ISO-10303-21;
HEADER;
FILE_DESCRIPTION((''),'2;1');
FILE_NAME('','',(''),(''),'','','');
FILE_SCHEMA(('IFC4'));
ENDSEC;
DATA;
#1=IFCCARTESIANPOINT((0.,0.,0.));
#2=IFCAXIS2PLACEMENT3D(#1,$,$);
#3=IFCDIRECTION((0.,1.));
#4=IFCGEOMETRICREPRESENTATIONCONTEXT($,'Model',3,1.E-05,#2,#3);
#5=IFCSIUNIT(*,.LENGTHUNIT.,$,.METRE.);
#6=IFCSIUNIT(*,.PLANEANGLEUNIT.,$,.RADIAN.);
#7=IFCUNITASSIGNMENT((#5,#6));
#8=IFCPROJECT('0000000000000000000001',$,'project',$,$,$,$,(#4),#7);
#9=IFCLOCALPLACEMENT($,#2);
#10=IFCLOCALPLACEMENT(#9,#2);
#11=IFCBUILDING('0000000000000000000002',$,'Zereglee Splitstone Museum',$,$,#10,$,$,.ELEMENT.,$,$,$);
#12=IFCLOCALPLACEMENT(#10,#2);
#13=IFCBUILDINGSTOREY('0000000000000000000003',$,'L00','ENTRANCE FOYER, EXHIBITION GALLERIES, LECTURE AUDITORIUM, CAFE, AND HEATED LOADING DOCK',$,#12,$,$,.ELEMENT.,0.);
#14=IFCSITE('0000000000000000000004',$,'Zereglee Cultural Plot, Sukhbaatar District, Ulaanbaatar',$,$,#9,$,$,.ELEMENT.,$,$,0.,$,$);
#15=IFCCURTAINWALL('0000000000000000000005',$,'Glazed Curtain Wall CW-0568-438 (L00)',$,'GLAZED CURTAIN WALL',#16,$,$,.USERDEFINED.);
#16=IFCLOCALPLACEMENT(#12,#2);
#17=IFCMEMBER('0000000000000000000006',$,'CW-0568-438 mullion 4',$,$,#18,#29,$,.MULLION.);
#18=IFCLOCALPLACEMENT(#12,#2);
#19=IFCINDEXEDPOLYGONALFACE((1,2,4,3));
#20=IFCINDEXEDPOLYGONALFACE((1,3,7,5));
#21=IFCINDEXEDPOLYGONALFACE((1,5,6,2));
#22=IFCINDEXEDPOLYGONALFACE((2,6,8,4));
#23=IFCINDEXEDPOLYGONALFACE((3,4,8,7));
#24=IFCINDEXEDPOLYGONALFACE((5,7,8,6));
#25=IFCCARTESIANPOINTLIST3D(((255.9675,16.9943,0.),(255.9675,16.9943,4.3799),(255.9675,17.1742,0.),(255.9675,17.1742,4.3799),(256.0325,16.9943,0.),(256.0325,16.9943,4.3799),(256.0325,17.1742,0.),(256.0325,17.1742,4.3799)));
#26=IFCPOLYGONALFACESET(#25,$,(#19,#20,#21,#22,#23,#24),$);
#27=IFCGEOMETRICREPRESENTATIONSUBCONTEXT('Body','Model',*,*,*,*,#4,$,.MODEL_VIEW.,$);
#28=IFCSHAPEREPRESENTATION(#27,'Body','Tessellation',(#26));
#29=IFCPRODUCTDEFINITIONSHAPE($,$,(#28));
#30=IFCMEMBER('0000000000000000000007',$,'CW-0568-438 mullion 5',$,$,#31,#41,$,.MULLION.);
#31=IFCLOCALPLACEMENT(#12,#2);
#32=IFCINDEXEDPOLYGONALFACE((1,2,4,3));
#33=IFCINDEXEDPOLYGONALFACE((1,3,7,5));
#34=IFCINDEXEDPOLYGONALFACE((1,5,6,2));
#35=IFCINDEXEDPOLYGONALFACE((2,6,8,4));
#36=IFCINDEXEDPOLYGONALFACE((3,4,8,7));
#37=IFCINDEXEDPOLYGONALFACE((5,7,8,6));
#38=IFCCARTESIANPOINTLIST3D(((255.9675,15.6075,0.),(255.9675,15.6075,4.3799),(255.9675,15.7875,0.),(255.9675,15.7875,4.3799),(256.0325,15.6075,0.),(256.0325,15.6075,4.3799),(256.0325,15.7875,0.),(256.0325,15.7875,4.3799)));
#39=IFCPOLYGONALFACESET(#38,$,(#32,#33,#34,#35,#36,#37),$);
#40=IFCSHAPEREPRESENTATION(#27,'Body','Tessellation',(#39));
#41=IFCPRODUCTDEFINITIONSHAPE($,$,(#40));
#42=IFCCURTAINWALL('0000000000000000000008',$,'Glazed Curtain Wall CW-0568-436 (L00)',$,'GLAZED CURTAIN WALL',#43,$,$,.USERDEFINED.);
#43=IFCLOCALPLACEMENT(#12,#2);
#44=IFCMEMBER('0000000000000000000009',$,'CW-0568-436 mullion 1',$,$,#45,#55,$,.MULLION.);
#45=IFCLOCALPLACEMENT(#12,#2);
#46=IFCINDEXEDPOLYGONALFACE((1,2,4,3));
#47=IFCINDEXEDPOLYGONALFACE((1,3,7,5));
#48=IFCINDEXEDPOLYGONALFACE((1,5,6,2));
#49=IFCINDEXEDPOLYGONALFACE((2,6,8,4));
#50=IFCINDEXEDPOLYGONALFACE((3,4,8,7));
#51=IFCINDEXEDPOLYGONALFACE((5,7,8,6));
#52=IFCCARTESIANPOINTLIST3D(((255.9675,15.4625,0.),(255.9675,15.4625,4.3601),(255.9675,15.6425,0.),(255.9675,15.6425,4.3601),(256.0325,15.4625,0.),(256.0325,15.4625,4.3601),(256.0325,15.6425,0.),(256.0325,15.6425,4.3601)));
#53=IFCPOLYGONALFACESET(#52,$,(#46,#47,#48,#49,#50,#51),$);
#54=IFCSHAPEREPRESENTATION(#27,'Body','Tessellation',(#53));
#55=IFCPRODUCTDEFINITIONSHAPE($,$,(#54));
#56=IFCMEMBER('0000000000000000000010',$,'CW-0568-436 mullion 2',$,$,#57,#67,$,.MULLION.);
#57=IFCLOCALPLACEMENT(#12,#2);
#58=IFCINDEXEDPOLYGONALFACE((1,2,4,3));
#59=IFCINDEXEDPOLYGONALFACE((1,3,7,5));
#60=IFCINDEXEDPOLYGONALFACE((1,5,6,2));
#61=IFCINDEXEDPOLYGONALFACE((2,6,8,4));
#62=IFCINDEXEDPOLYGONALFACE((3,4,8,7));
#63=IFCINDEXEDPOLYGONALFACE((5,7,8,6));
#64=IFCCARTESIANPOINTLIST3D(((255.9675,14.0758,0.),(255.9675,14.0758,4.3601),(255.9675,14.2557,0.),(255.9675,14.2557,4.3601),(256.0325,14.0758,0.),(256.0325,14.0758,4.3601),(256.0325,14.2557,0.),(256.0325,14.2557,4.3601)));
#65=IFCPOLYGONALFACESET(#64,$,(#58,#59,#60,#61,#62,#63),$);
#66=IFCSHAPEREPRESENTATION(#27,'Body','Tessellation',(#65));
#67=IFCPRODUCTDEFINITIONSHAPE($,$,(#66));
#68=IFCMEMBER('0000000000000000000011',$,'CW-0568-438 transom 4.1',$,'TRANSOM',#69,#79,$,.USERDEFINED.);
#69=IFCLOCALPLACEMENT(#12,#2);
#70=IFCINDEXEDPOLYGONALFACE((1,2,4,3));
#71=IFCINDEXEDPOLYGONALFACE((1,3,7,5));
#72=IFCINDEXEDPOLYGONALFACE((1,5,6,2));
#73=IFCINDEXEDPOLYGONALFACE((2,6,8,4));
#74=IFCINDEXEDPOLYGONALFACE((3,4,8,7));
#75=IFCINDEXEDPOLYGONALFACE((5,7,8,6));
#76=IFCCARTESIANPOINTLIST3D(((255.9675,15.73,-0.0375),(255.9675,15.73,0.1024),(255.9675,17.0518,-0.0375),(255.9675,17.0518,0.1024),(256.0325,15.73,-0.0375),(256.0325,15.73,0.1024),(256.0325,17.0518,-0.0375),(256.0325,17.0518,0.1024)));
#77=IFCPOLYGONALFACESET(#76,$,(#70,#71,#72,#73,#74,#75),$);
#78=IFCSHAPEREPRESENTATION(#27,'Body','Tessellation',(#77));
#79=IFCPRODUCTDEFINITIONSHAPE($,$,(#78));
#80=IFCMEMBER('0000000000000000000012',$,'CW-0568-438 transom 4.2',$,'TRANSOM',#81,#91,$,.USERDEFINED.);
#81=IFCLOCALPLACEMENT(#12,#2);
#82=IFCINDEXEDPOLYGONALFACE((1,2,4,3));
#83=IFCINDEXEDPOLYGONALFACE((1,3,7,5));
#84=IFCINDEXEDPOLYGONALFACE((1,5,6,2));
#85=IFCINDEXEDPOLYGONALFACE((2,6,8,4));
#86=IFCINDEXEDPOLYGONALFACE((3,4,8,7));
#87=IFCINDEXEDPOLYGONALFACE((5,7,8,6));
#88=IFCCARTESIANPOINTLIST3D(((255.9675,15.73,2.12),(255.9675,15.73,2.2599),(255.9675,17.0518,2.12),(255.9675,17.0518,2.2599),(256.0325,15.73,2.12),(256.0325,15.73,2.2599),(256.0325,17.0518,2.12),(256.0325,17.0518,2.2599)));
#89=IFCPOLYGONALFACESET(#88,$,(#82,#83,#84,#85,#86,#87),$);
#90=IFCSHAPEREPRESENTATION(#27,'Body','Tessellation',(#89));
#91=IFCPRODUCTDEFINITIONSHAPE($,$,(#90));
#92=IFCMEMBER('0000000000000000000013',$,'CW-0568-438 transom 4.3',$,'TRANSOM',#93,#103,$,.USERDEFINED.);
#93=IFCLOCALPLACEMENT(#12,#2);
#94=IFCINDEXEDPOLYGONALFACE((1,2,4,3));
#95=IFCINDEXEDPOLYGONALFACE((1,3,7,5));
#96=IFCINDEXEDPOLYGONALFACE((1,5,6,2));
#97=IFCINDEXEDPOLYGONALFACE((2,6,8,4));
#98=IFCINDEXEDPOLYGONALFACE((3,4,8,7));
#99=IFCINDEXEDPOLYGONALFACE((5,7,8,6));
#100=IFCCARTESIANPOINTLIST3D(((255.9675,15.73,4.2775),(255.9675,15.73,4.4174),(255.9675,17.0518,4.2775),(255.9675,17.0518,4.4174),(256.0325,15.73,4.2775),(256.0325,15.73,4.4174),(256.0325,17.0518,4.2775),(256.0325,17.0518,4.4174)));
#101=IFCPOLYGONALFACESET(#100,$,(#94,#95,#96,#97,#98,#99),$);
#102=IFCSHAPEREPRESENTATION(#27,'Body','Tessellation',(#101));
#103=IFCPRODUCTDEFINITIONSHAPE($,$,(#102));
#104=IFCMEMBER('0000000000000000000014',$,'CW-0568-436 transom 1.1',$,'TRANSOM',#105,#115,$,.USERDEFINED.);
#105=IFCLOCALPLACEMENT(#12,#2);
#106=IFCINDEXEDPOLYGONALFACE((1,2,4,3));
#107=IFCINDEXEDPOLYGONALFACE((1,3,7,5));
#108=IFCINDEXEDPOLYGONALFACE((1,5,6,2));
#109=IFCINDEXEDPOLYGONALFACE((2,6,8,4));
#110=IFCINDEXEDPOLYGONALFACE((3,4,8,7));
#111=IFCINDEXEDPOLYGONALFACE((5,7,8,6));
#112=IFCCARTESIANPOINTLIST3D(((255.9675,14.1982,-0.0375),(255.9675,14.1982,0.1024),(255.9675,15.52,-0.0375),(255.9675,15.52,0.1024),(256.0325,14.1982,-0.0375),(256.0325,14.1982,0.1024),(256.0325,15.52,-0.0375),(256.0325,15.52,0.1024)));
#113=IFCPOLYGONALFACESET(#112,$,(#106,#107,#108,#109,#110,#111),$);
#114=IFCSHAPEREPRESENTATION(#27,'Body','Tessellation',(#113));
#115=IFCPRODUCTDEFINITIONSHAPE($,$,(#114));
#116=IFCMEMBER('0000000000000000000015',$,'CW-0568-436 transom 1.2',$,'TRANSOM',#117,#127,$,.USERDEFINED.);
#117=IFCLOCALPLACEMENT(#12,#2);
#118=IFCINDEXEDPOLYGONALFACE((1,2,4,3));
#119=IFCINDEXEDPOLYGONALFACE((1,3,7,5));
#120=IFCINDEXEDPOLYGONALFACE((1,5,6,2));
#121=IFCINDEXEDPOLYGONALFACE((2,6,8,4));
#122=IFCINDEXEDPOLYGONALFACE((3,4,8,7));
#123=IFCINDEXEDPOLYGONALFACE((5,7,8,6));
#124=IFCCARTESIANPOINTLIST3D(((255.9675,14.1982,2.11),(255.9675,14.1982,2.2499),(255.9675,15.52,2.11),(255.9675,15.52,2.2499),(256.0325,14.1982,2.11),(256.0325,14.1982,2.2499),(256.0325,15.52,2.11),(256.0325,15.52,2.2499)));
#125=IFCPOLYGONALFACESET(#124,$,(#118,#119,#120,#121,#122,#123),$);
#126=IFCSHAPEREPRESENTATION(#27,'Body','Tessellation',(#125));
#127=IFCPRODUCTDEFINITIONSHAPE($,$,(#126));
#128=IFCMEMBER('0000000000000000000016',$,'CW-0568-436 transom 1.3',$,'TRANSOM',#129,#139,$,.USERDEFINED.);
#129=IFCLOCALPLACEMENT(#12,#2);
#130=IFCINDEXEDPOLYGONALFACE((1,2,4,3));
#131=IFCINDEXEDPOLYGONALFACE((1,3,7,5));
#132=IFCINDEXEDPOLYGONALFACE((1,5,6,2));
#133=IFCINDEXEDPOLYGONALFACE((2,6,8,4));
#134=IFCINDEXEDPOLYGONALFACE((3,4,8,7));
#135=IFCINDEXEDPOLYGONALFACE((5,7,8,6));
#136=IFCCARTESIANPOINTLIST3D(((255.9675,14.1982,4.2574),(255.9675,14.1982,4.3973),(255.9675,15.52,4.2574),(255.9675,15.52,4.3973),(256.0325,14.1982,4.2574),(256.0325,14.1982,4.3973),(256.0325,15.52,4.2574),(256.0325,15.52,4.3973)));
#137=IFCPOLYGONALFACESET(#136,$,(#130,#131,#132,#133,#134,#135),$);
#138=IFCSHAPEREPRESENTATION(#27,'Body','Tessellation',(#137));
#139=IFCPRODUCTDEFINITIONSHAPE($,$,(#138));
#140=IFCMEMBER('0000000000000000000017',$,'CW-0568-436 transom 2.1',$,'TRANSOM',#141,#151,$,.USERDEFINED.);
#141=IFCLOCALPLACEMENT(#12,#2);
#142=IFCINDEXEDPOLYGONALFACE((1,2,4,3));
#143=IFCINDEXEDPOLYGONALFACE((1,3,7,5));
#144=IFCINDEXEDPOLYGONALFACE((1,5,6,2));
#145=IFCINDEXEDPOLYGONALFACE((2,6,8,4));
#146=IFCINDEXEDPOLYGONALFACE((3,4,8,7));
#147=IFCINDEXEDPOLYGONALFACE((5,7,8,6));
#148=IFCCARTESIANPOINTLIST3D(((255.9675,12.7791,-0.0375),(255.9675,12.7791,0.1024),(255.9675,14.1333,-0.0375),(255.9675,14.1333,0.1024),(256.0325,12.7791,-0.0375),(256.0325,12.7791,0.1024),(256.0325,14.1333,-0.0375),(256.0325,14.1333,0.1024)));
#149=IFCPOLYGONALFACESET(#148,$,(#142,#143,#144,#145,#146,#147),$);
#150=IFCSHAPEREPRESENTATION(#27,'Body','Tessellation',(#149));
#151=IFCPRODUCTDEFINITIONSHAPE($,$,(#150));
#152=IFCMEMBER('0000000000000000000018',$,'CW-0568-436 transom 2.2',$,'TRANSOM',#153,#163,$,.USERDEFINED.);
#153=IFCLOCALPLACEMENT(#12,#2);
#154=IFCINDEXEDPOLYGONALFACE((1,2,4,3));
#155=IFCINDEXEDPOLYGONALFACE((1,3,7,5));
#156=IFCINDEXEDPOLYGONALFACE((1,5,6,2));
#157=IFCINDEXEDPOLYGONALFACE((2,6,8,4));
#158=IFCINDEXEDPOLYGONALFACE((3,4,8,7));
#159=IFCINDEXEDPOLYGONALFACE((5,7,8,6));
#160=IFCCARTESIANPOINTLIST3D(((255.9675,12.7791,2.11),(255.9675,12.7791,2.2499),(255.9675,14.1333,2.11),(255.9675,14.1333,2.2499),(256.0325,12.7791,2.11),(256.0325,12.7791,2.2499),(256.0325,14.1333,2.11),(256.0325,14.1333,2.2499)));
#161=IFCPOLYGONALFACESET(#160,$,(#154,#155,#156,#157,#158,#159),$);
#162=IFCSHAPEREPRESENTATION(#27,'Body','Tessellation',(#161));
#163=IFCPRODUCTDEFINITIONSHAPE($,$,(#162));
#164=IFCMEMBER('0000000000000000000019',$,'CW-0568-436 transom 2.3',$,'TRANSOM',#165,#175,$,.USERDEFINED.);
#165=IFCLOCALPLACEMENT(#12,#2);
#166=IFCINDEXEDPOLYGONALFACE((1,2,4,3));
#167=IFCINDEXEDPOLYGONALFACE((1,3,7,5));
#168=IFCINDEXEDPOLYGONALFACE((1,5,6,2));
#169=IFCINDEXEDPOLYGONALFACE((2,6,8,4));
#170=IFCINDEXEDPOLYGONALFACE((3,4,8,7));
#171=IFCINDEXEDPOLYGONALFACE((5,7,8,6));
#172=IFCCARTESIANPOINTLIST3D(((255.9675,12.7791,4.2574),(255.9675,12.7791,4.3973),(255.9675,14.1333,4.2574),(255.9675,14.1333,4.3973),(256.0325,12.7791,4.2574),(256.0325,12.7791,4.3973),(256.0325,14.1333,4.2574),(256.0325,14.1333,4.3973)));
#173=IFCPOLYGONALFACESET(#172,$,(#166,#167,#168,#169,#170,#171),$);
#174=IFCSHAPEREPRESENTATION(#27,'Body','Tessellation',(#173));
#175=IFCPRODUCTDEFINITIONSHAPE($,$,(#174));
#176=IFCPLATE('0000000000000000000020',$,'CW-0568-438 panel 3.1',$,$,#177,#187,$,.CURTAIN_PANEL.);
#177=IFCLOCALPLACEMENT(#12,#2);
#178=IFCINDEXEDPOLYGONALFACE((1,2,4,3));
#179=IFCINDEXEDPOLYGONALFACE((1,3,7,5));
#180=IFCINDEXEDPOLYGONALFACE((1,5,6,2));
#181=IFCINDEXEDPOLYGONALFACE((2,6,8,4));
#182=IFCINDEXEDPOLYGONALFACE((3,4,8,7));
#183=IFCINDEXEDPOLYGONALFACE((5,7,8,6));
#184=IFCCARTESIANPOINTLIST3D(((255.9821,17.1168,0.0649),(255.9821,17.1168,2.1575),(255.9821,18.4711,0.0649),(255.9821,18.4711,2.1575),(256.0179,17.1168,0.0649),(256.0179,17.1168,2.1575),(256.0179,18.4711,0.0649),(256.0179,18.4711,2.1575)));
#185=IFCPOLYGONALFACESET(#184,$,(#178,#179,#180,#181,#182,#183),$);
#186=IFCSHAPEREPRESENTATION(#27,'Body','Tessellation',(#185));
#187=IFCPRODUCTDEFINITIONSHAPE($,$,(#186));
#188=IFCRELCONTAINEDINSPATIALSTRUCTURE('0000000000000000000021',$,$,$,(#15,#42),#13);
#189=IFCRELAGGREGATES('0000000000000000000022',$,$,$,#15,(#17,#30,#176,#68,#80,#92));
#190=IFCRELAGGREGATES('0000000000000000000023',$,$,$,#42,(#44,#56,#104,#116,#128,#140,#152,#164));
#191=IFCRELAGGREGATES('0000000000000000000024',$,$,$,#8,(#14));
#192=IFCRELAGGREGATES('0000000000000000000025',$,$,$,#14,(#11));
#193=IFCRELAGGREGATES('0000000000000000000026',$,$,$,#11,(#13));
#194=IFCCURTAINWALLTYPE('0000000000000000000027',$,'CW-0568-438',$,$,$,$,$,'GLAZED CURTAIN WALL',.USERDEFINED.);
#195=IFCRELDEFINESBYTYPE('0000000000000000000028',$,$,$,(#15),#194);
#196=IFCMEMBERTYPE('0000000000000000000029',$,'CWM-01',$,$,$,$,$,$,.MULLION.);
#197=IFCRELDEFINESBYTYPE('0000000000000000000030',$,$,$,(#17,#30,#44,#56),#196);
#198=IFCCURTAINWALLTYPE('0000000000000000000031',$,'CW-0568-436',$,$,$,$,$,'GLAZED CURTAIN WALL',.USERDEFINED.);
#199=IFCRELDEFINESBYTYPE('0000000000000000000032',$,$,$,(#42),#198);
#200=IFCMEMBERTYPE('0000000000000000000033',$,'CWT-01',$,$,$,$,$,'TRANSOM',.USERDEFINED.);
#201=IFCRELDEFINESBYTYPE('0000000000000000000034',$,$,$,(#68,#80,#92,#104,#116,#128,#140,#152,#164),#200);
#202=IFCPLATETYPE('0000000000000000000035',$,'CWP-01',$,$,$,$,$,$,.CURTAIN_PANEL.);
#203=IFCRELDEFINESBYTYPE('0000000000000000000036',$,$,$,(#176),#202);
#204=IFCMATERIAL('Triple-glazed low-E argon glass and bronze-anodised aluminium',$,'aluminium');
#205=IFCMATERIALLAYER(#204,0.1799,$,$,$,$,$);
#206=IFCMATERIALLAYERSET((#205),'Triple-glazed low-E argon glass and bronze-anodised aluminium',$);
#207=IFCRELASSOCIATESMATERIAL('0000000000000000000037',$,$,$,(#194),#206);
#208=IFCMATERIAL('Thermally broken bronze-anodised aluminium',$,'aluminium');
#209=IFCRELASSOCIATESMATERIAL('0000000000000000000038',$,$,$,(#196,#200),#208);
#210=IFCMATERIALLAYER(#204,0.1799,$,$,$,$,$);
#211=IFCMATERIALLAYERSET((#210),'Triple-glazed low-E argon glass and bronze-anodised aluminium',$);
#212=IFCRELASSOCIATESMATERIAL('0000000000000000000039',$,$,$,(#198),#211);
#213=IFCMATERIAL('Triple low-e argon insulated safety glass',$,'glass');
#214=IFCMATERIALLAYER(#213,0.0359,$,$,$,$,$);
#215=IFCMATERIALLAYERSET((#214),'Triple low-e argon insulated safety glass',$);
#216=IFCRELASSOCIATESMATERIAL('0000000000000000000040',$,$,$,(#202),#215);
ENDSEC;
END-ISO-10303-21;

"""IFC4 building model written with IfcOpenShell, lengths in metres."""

from ifc_helpers import new_model, si_unit, direction, frame, origin, origin_2d, place, context, subcontext, project, spatial, rectangle, extrude, material, layer, layer_set, material_profile, profile_set, type_object, element, aggregate, save


model = new_model("IFC4")

# Units and contexts
model_context = context("Model", 3, precision=1e-05, world=origin(), true_north=direction((0.0, 1.0)))
body_context = subcontext(model_context, "Body", "Model", "MODEL_VIEW")
ifc_project = project(units=[si_unit("LENGTHUNIT", "METRE"), si_unit("PLANEANGLEUNIT", "RADIAN")], contexts=[model_context])

# Site, building, storey
site_placement = place(None, origin())
site = spatial("IfcSite", under=ifc_project, at=site_placement, Name="Zereglee Cultural Plot, Sukhbaatar District, Ulaanbaatar", CompositionType="ELEMENT", RefElevation=0.0)
building_placement = place(site_placement, origin())
building = spatial("IfcBuilding", under=site, at=building_placement, Name="Zereglee Splitstone Museum", CompositionType="ELEMENT")
storey_placement = place(building_placement, origin())
storey = spatial("IfcBuildingStorey", under=building, at=storey_placement, Name="L00", Description="ENTRANCE FOYER, EXHIBITION GALLERIES, LECTURE AUDITORIUM, CAFE, AND HEATED LOADING DOCK", CompositionType="ELEMENT", Elevation=0.0)

# Curtain walls, members
ifc_material_1 = material(Name="Triple-glazed low-E argon glass and bronze-anodised aluminium", Category="aluminium")
ifc_layer_1 = layer(ifc_material_1, 0.1799)
ifc_layer_set_1 = layer_set([ifc_layer_1], Name="Triple-glazed low-E argon glass and bronze-anodised aluminium")
curtain_wall_type_1 = type_object("IfcCurtainWallType", Name="CW-0568-438", ElementType="GLAZED CURTAIN WALL", PredefinedType="USERDEFINED", material=ifc_layer_set_1)
curtain_wall_1_placement = place(storey_placement, origin())
curtain_wall_1 = element("IfcCurtainWall", 1, at=curtain_wall_1_placement, inside=storey, type_object=curtain_wall_type_1, Name="Glazed Curtain Wall CW-0568-438 (L00)", ObjectType="GLAZED CURTAIN WALL", PredefinedType="USERDEFINED")
ifc_material_2 = material(Name="Thermally broken bronze-anodised aluminium", Category="aluminium")
ifc_material_profile_1 = material_profile(ifc_material_2, rectangle(XDim=0.0649, YDim=0.1799, at=origin_2d()), Name="CW MULL 65x180")
ifc_profile_set_1 = profile_set([ifc_material_profile_1], Name="Thermally broken bronze-anodised aluminium")
member_type_1 = type_object("IfcMemberType", Name="CWM-01", PredefinedType="MULLION", material=ifc_profile_set_1)
member_1_placement = place(storey_placement, frame((256.0, 17.0842, 0.0), z_axis=(0.0, 0.0, 1.0), x_axis=(1.0, 0.0, 0.0)))
member_1 = element("IfcMember", 2, at=member_1_placement, type_object=member_type_1, Name="CW-0568-438 mullion 4", PredefinedType="MULLION", context=body_context, shape_type="SweptSolid", body=[
    extrude(rectangle(XDim=0.0649, YDim=0.1799, at=origin_2d()), origin(), (0.0, 0.0, 1.0), 4.3799),
])
member_2_placement = place(storey_placement, frame((256.0, 15.6975, 0.0), z_axis=(0.0, 0.0, 1.0), x_axis=(1.0, 0.0, 0.0)))
member_2 = element("IfcMember", 3, at=member_2_placement, type_object=member_type_1, Name="CW-0568-438 mullion 5", PredefinedType="MULLION", context=body_context, shape_type="SweptSolid", body=[
    extrude(rectangle(XDim=0.0649, YDim=0.1799, at=origin_2d()), origin(), (0.0, 0.0, 1.0), 4.3799),
])
ifc_layer_2 = layer(ifc_material_1, 0.1799)
ifc_layer_set_2 = layer_set([ifc_layer_2], Name="Triple-glazed low-E argon glass and bronze-anodised aluminium")
curtain_wall_type_2 = type_object("IfcCurtainWallType", Name="CW-0568-436", ElementType="GLAZED CURTAIN WALL", PredefinedType="USERDEFINED", material=ifc_layer_set_2)
curtain_wall_2_placement = place(storey_placement, origin())
curtain_wall_2 = element("IfcCurtainWall", 4, at=curtain_wall_2_placement, inside=storey, type_object=curtain_wall_type_2, Name="Glazed Curtain Wall CW-0568-436 (L00)", ObjectType="GLAZED CURTAIN WALL", PredefinedType="USERDEFINED")
member_3_placement = place(storey_placement, frame((256.0, 15.5525, 0.0), z_axis=(0.0, 0.0, 1.0), x_axis=(1.0, 0.0, 0.0)))
member_3 = element("IfcMember", 5, at=member_3_placement, type_object=member_type_1, Name="CW-0568-436 mullion 1", PredefinedType="MULLION", context=body_context, shape_type="SweptSolid", body=[
    extrude(rectangle(XDim=0.0649, YDim=0.1799, at=origin_2d()), origin(), (0.0, 0.0, 1.0), 4.3601),
])
member_4_placement = place(storey_placement, frame((256.0, 14.1658, 0.0), z_axis=(0.0, 0.0, 1.0), x_axis=(1.0, 0.0, 0.0)))
member_4 = element("IfcMember", 6, at=member_4_placement, type_object=member_type_1, Name="CW-0568-436 mullion 2", PredefinedType="MULLION", context=body_context, shape_type="SweptSolid", body=[
    extrude(rectangle(XDim=0.0649, YDim=0.1799, at=origin_2d()), origin(), (0.0, 0.0, 1.0), 4.3601),
])

# Members
ifc_material_profile_2 = material_profile(ifc_material_2, rectangle(XDim=0.0649, YDim=0.1399, at=origin_2d()), Name="CW TRAN 65x140")
ifc_profile_set_2 = profile_set([ifc_material_profile_2], Name="Thermally broken bronze-anodised aluminium")
member_type_2 = type_object("IfcMemberType", Name="CWT-01", ElementType="TRANSOM", PredefinedType="USERDEFINED", material=ifc_profile_set_2)
member_5_placement = place(storey_placement, frame((256.0, 17.0518, 0.0325), z_axis=(0.0, -1.0, 0.0), x_axis=(1.0, 0.0, 0.0)))
member_5 = element("IfcMember", 7, at=member_5_placement, type_object=member_type_2, Name="CW-0568-438 transom 4.1", ObjectType="TRANSOM", PredefinedType="USERDEFINED", context=body_context, shape_type="SweptSolid", body=[
    extrude(rectangle(XDim=0.0649, YDim=0.1399, at=origin_2d()), origin(), (0.0, 0.0, 1.0), 1.3218),
])
member_6_placement = place(storey_placement, frame((256.0, 17.0518, 2.1899), z_axis=(0.0, -1.0, 0.0), x_axis=(1.0, 0.0, 0.0)))
member_6 = element("IfcMember", 8, at=member_6_placement, type_object=member_type_2, Name="CW-0568-438 transom 4.2", ObjectType="TRANSOM", PredefinedType="USERDEFINED", context=body_context, shape_type="SweptSolid", body=[
    extrude(rectangle(XDim=0.0649, YDim=0.1399, at=origin_2d()), origin(), (0.0, 0.0, 1.0), 1.3218),
])
member_7_placement = place(storey_placement, frame((256.0, 17.0518, 4.3474), z_axis=(0.0, -1.0, 0.0), x_axis=(1.0, 0.0, 0.0)))
member_7 = element("IfcMember", 9, at=member_7_placement, type_object=member_type_2, Name="CW-0568-438 transom 4.3", ObjectType="TRANSOM", PredefinedType="USERDEFINED", context=body_context, shape_type="SweptSolid", body=[
    extrude(rectangle(XDim=0.0649, YDim=0.1399, at=origin_2d()), origin(), (0.0, 0.0, 1.0), 1.3218),
])
member_8_placement = place(storey_placement, frame((256.0, 15.52, 0.0325), z_axis=(0.0, -1.0, 0.0), x_axis=(1.0, 0.0, 0.0)))
member_8 = element("IfcMember", 10, at=member_8_placement, type_object=member_type_2, Name="CW-0568-436 transom 1.1", ObjectType="TRANSOM", PredefinedType="USERDEFINED", context=body_context, shape_type="SweptSolid", body=[
    extrude(rectangle(XDim=0.0649, YDim=0.1399, at=origin_2d()), origin(), (0.0, 0.0, 1.0), 1.3218),
])
member_9_placement = place(storey_placement, frame((256.0, 15.52, 2.1799), z_axis=(0.0, -1.0, 0.0), x_axis=(1.0, 0.0, 0.0)))
member_9 = element("IfcMember", 11, at=member_9_placement, type_object=member_type_2, Name="CW-0568-436 transom 1.2", ObjectType="TRANSOM", PredefinedType="USERDEFINED", context=body_context, shape_type="SweptSolid", body=[
    extrude(rectangle(XDim=0.0649, YDim=0.1399, at=origin_2d()), origin(), (0.0, 0.0, 1.0), 1.3218),
])
member_10_placement = place(storey_placement, frame((256.0, 15.52, 4.3274), z_axis=(0.0, -1.0, 0.0), x_axis=(1.0, 0.0, 0.0)))
member_10 = element("IfcMember", 12, at=member_10_placement, type_object=member_type_2, Name="CW-0568-436 transom 1.3", ObjectType="TRANSOM", PredefinedType="USERDEFINED", context=body_context, shape_type="SweptSolid", body=[
    extrude(rectangle(XDim=0.0649, YDim=0.1399, at=origin_2d()), origin(), (0.0, 0.0, 1.0), 1.3218),
])
member_11_placement = place(storey_placement, frame((256.0, 14.1333, 0.0325), z_axis=(0.0, -1.0, 0.0), x_axis=(1.0, 0.0, 0.0)))
member_11 = element("IfcMember", 13, at=member_11_placement, type_object=member_type_2, Name="CW-0568-436 transom 2.1", ObjectType="TRANSOM", PredefinedType="USERDEFINED", context=body_context, shape_type="SweptSolid", body=[
    extrude(rectangle(XDim=0.0649, YDim=0.1399, at=origin_2d()), origin(), (0.0, 0.0, 1.0), 1.3542),
])
member_12_placement = place(storey_placement, frame((256.0, 14.1333, 2.1799), z_axis=(0.0, -1.0, 0.0), x_axis=(1.0, 0.0, 0.0)))
member_12 = element("IfcMember", 14, at=member_12_placement, type_object=member_type_2, Name="CW-0568-436 transom 2.2", ObjectType="TRANSOM", PredefinedType="USERDEFINED", context=body_context, shape_type="SweptSolid", body=[
    extrude(rectangle(XDim=0.0649, YDim=0.1399, at=origin_2d()), origin(), (0.0, 0.0, 1.0), 1.3542),
])
member_13_placement = place(storey_placement, frame((256.0, 14.1333, 4.3274), z_axis=(0.0, -1.0, 0.0), x_axis=(1.0, 0.0, 0.0)))
member_13 = element("IfcMember", 15, at=member_13_placement, type_object=member_type_2, Name="CW-0568-436 transom 2.3", ObjectType="TRANSOM", PredefinedType="USERDEFINED", context=body_context, shape_type="SweptSolid", body=[
    extrude(rectangle(XDim=0.0649, YDim=0.1399, at=origin_2d()), origin(), (0.0, 0.0, 1.0), 1.3542),
])

# Plate
ifc_material_3 = material(Name="Triple low-e argon insulated safety glass", Category="glass")
ifc_layer_3 = layer(ifc_material_3, 0.0359)
ifc_layer_set_3 = layer_set([ifc_layer_3], Name="Triple low-e argon insulated safety glass")
plate_type = type_object("IfcPlateType", Name="CWP-01", PredefinedType="CURTAIN_PANEL", material=ifc_layer_set_3)
plate_1_placement = place(storey_placement, frame((256.0, 17.7939, 0.0649), z_axis=(0.0, 0.0, 1.0), x_axis=(0.0, -1.0, 0.0)))
plate_1 = element("IfcPlate", 16, at=plate_1_placement, type_object=plate_type, Name="CW-0568-438 panel 3.1", PredefinedType="CURTAIN_PANEL", context=body_context, shape_type="SweptSolid", body=[
    extrude(rectangle(XDim=1.3542, YDim=0.0359, at=origin_2d()), origin(), (0.0, 0.0, 1.0), 2.0925),
])
aggregate(curtain_wall_1, [member_1, member_2, plate_1, member_5, member_6, member_7])
aggregate(curtain_wall_2, [member_3, member_4, member_8, member_9, member_10, member_11, member_12, member_13])

save(model, "model.ifc")
